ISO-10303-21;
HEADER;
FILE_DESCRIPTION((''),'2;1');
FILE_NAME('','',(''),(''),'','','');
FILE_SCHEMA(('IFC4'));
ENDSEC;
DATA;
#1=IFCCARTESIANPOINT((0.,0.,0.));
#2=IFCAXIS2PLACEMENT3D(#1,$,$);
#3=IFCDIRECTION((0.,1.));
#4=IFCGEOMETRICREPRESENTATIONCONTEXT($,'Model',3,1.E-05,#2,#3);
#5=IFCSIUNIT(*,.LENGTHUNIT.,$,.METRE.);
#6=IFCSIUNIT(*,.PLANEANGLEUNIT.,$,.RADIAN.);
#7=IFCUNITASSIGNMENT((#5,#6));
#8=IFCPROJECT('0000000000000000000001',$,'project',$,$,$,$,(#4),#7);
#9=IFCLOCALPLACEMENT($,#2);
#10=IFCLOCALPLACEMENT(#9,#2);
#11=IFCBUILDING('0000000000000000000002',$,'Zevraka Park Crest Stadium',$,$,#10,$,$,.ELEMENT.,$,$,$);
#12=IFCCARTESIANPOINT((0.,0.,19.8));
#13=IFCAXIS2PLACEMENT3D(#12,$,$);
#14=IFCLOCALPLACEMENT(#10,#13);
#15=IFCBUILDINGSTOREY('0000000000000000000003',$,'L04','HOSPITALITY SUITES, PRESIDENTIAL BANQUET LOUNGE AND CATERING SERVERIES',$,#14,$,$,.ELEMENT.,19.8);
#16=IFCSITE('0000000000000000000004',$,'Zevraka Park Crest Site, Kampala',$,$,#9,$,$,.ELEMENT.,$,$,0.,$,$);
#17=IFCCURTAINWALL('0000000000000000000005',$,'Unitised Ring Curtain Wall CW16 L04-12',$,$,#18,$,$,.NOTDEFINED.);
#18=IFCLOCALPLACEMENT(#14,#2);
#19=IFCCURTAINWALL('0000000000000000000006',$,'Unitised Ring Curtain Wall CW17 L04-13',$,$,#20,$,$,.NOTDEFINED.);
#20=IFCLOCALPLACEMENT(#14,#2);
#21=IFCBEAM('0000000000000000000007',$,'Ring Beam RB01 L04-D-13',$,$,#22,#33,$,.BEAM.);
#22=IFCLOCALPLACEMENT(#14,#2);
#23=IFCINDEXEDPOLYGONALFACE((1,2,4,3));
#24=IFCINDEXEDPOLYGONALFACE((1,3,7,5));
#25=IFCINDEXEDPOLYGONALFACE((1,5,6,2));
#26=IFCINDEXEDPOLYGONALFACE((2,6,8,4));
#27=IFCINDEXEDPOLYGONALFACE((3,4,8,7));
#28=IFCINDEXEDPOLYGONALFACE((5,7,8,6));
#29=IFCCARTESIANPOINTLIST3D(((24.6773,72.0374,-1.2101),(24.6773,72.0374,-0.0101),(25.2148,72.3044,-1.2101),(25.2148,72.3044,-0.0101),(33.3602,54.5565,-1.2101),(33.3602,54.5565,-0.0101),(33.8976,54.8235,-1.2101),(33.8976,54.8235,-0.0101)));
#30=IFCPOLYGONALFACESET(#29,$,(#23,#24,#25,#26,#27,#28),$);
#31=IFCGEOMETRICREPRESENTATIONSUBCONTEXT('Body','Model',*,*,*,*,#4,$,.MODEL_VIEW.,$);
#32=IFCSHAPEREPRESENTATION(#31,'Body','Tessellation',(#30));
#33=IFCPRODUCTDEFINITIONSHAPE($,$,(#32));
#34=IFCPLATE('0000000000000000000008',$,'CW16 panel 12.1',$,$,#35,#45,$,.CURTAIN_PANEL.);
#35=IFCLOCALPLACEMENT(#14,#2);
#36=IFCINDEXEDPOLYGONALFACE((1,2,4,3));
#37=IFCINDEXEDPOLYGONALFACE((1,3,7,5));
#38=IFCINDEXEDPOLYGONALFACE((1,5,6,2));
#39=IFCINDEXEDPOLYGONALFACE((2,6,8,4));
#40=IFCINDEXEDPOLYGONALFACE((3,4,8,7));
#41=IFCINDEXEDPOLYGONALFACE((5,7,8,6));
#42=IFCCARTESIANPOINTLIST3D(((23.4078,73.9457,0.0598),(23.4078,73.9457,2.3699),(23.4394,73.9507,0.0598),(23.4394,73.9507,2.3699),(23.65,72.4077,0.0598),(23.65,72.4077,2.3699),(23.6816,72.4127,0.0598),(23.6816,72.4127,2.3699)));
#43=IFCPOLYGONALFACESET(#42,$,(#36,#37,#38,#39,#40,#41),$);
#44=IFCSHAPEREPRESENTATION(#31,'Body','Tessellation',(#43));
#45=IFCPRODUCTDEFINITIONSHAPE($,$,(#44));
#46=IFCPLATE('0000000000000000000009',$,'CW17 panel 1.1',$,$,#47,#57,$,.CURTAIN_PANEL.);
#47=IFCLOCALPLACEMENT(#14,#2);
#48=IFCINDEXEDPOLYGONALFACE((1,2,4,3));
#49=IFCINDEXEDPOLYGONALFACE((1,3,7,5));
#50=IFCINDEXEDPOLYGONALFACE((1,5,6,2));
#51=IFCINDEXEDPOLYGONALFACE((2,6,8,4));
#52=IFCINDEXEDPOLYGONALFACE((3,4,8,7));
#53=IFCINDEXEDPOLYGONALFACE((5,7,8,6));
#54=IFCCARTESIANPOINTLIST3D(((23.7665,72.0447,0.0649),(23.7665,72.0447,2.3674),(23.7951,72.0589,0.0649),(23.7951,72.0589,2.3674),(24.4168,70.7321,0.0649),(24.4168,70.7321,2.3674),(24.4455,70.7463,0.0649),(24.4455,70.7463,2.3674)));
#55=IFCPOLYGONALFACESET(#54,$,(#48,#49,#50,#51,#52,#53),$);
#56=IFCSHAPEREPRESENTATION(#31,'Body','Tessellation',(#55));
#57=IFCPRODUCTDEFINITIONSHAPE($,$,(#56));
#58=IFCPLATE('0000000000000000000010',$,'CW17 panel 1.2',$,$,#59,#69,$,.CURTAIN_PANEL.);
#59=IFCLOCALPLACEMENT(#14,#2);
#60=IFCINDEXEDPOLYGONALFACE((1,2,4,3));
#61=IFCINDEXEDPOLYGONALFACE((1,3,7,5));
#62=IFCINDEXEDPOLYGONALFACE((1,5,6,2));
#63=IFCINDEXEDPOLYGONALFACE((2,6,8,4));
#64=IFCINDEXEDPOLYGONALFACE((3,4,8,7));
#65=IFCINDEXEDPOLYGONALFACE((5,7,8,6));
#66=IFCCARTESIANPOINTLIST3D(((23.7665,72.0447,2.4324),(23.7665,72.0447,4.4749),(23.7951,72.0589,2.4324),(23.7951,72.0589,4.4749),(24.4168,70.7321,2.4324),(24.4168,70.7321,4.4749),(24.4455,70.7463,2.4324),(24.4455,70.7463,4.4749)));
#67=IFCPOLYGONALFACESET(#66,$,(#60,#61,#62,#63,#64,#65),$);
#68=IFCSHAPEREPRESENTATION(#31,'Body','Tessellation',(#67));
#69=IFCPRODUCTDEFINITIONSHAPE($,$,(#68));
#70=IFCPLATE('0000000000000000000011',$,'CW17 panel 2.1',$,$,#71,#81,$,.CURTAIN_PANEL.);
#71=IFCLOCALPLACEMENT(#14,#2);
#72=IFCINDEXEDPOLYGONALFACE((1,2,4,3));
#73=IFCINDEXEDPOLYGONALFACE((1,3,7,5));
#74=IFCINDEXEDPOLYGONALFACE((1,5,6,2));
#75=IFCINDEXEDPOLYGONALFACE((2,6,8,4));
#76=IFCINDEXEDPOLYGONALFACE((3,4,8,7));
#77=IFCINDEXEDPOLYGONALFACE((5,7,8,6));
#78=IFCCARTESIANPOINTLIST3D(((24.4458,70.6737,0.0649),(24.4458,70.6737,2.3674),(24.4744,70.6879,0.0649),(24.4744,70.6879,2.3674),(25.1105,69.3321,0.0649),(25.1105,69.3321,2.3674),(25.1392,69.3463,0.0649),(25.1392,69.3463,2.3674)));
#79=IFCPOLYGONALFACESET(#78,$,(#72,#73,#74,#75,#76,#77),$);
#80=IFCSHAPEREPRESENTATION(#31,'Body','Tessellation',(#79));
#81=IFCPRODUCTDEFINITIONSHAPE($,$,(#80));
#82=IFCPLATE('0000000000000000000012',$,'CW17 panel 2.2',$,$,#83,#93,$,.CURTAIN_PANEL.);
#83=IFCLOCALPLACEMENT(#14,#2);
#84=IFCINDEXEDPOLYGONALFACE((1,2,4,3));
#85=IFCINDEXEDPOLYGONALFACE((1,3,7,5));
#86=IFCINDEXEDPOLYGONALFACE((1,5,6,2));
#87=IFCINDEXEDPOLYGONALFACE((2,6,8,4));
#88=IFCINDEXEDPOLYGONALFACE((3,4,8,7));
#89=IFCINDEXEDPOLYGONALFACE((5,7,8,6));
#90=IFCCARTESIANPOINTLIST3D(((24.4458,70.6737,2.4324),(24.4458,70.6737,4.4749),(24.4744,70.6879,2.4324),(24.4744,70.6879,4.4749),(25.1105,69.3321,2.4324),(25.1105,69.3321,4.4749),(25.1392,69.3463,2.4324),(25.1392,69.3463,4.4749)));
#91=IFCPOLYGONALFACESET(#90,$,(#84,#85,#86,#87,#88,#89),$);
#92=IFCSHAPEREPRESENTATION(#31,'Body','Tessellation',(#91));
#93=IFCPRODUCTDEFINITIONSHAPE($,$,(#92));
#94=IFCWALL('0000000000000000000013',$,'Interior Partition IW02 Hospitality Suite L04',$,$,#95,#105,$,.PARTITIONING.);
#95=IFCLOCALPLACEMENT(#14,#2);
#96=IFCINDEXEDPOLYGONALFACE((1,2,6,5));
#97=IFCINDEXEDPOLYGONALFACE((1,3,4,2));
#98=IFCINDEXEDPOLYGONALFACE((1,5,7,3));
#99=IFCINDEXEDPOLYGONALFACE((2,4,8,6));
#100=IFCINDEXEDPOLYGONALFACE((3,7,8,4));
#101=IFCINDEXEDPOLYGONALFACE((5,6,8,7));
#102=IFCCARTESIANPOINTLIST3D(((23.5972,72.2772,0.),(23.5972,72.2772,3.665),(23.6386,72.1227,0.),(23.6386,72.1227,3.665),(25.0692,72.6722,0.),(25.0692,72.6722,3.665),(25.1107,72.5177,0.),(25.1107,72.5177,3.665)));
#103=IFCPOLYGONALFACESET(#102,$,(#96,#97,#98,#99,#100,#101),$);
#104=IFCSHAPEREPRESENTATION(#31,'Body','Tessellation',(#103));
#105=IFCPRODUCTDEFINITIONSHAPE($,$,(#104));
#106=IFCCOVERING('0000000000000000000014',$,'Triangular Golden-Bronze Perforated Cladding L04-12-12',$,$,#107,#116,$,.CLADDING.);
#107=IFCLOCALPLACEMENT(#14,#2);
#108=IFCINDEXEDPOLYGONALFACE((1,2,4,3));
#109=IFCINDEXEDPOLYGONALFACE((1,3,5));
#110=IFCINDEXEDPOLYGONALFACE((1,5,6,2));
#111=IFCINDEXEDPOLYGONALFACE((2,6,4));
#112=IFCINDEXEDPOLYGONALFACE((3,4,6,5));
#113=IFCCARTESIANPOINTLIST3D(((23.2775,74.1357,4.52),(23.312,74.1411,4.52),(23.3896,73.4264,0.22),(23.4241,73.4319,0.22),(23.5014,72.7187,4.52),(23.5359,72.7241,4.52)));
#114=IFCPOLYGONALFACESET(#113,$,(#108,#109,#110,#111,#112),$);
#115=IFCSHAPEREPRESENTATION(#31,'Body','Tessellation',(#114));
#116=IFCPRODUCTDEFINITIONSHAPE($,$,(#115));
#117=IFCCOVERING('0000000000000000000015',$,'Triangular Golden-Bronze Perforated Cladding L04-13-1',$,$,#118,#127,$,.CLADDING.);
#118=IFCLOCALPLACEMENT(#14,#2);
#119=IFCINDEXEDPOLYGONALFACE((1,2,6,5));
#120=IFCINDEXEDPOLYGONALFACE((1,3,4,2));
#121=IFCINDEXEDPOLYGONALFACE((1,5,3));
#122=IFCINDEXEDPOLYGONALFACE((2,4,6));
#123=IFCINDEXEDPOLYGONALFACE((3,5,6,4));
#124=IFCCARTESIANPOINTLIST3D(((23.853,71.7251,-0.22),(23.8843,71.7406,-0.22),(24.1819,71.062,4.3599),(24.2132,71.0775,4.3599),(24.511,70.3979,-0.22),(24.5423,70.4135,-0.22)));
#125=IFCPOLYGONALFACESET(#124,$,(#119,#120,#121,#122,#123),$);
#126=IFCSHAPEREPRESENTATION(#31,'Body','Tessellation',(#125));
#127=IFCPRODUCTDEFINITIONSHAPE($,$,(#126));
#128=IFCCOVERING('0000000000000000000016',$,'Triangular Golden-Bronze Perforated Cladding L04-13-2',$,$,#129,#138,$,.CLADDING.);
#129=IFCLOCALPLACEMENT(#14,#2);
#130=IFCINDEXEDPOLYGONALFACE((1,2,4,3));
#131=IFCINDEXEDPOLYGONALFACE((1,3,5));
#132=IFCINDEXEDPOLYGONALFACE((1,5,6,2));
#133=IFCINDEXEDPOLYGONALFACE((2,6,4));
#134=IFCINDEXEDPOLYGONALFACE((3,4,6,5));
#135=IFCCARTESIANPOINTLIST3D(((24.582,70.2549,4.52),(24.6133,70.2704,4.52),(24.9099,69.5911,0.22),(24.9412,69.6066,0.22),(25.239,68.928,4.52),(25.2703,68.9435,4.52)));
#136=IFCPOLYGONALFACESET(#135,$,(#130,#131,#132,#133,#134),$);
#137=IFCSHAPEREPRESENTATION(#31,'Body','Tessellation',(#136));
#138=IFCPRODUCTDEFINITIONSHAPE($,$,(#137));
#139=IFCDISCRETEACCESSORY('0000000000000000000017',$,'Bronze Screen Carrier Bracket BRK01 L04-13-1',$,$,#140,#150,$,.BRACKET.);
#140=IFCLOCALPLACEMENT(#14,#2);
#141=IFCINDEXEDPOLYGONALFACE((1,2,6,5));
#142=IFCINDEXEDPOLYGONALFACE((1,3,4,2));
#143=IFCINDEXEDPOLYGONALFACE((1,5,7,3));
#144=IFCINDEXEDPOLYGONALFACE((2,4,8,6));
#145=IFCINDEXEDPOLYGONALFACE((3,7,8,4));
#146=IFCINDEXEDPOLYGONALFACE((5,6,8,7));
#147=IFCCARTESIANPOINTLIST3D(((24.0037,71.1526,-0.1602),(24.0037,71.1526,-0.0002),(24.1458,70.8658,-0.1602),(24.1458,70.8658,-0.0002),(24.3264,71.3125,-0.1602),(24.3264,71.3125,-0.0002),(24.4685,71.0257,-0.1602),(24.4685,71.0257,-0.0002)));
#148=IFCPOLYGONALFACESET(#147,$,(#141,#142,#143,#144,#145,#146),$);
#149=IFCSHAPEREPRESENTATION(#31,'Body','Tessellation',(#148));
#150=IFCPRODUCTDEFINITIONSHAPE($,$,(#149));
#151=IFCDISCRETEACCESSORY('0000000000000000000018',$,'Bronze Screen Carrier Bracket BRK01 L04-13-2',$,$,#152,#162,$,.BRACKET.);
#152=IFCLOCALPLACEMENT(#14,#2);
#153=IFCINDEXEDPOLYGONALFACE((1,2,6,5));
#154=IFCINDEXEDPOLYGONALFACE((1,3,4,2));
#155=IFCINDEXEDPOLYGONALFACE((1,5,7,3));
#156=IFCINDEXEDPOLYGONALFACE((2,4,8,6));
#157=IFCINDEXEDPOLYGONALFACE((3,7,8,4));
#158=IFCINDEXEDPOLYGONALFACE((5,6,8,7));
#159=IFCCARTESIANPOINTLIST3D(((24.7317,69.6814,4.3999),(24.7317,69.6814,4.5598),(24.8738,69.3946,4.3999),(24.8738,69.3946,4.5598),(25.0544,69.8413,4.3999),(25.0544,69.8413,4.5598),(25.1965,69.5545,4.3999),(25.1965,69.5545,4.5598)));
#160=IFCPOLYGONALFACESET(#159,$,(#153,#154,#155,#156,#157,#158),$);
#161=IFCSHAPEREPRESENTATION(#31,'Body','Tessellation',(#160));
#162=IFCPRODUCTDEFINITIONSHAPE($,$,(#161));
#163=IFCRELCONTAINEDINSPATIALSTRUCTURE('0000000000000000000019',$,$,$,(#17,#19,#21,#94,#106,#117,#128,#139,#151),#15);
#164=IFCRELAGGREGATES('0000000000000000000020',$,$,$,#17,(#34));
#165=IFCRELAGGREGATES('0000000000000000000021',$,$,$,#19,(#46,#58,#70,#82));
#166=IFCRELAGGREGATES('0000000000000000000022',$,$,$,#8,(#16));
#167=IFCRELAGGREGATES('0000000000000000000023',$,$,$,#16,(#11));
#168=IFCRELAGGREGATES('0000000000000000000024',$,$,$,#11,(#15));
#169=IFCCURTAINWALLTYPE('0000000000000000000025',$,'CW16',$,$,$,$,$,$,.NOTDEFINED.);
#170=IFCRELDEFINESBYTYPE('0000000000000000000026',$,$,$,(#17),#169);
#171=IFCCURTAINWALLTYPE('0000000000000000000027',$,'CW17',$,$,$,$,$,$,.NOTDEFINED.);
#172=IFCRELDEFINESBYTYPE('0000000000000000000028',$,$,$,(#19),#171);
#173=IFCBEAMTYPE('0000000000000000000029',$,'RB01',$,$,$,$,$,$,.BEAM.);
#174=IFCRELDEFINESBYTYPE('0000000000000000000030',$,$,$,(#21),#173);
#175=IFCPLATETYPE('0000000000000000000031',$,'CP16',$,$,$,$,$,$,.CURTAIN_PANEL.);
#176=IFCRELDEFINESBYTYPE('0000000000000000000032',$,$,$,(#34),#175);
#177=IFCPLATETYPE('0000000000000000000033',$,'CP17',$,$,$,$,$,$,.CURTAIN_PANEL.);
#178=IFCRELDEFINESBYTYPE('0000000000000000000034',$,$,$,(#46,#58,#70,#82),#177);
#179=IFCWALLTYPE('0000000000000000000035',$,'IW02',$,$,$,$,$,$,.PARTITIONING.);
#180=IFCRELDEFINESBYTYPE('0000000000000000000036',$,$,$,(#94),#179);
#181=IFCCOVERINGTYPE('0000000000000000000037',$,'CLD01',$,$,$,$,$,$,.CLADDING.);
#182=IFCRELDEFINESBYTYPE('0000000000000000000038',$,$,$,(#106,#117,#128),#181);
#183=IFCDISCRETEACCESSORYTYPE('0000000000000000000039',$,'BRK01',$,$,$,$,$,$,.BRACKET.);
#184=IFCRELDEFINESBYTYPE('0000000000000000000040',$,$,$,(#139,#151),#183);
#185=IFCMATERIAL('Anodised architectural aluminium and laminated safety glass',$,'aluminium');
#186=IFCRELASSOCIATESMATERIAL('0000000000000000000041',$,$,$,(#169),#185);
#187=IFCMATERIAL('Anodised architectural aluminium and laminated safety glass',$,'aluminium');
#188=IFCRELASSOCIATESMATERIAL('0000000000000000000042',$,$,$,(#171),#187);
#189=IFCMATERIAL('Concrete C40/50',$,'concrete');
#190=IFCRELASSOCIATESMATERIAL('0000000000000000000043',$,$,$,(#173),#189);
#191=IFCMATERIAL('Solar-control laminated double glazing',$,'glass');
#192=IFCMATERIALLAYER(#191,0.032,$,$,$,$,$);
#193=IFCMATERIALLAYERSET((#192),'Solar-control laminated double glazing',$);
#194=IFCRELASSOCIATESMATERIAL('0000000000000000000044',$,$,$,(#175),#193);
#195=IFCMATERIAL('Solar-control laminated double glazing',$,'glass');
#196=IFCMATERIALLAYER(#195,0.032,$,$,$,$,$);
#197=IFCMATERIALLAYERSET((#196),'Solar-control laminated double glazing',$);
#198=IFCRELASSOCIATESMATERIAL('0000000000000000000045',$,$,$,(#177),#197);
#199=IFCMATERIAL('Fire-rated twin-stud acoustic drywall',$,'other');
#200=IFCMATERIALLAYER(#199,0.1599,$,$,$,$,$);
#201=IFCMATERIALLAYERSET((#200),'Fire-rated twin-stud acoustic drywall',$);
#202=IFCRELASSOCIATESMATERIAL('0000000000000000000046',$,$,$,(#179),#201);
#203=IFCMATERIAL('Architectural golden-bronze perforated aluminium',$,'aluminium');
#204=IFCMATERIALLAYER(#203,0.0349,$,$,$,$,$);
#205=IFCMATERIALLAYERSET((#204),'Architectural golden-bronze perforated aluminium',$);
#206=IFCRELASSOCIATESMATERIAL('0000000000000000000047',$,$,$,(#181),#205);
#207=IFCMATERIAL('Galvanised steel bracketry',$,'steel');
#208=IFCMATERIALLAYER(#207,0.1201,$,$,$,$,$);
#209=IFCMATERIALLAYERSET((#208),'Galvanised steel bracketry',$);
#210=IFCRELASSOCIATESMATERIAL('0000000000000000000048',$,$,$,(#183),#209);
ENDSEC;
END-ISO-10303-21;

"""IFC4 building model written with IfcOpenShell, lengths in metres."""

from ifc_helpers import new_model, si_unit, direction, frame, frame_2d, origin, origin_2d, place, context, subcontext, project, spatial, polyline, rectangle, outline, extrude, material, layer, layer_set, material_profile, profile_set, type_object, element, aggregate, save


model = new_model("IFC4")

# Units and contexts
model_context = context("Model", 3, precision=1e-05, world=origin(), true_north=direction((0.0, 1.0)))
body_context = subcontext(model_context, "Body", "Model", "MODEL_VIEW")
ifc_project = project(units=[si_unit("LENGTHUNIT", "METRE"), si_unit("PLANEANGLEUNIT", "RADIAN")], contexts=[model_context])

# Site, building, storey
site_placement = place(None, origin())
site = spatial("IfcSite", under=ifc_project, at=site_placement, Name="Zevraka Park Crest Site, Kampala", CompositionType="ELEMENT", RefElevation=0.0)
building_placement = place(site_placement, origin())
building = spatial("IfcBuilding", under=site, at=building_placement, Name="Zevraka Park Crest Stadium", CompositionType="ELEMENT")
storey_placement = place(building_placement, frame((0.0, 0.0, 19.8)))
storey = spatial("IfcBuildingStorey", under=building, at=storey_placement, Name="L04", Description="HOSPITALITY SUITES, PRESIDENTIAL BANQUET LOUNGE AND CATERING SERVERIES", CompositionType="ELEMENT", Elevation=19.8)

# Curtain wall
ifc_material_1 = material(Name="Anodised architectural aluminium and laminated safety glass", Category="aluminium")
curtain_wall_type_1 = type_object("IfcCurtainWallType", Name="CW16", PredefinedType="NOTDEFINED", material=ifc_material_1)
curtain_wall_1_placement = place(storey_placement, origin())
curtain_wall_1 = element("IfcCurtainWall", 1, at=curtain_wall_1_placement, inside=storey, type_object=curtain_wall_type_1, Name="Unitised Ring Curtain Wall CW16 L04-12", PredefinedType="NOTDEFINED")

# Curtain wall
ifc_material_2 = material(Name="Anodised architectural aluminium and laminated safety glass", Category="aluminium")
curtain_wall_type_2 = type_object("IfcCurtainWallType", Name="CW17", PredefinedType="NOTDEFINED", material=ifc_material_2)
curtain_wall_2_placement = place(storey_placement, origin())
curtain_wall_2 = element("IfcCurtainWall", 2, at=curtain_wall_2_placement, inside=storey, type_object=curtain_wall_type_2, Name="Unitised Ring Curtain Wall CW17 L04-13", PredefinedType="NOTDEFINED")

# Beam
ifc_material_3 = material(Name="Concrete C40/50", Category="concrete")
ifc_material_profile_1 = material_profile(ifc_material_3, rectangle(XDim=0.6001, YDim=1.2, at=origin_2d()), Name="RC 1200x600")
ifc_profile_set_1 = profile_set([ifc_material_profile_1], Name="Concrete C40/50")
beam_type = type_object("IfcBeamType", Name="RB01", PredefinedType="BEAM", material=ifc_profile_set_1)
beam_placement = place(storey_placement, frame((24.946, 72.1709, -0.6101), z_axis=(0.444851, -0.895605, 0.0), x_axis=(0.895605, 0.444851, 0.0)))
element("IfcBeam", 3, at=beam_placement, inside=storey, type_object=beam_type, Name="Ring Beam RB01 L04-D-13", PredefinedType="BEAM", context=body_context, shape_type="SweptSolid", body=[
    extrude(rectangle(XDim=0.6001, YDim=1.2, at=origin_2d()), origin(), (0.0, 0.0, 1.0), 19.5186),
])

# Plates
ifc_material_4 = material(Name="Solar-control laminated double glazing", Category="glass")
ifc_layer_1 = layer(ifc_material_4, 0.032)
ifc_layer_set_1 = layer_set([ifc_layer_1], Name="Solar-control laminated double glazing")
plate_type_1 = type_object("IfcPlateType", Name="CP16", PredefinedType="CURTAIN_PANEL", material=ifc_layer_set_1)
plate_1_placement = place(storey_placement, frame((23.5447, 73.1792, 0.0598), z_axis=(0.0, 0.0, 1.0), x_axis=(0.155539, -0.98783, 0.0)))
plate_1 = element("IfcPlate", 4, at=plate_1_placement, type_object=plate_type_1, Name="CW16 panel 12.1", PredefinedType="CURTAIN_PANEL", context=body_context, shape_type="SweptSolid", body=[
    extrude(rectangle(XDim=1.5569, YDim=0.032, at=origin_2d()), origin(), (0.0, 0.0, 1.0), 2.3101),
])
aggregate(curtain_wall_1, [plate_1])
ifc_material_5 = material(Name="Solar-control laminated double glazing", Category="glass")
ifc_layer_2 = layer(ifc_material_5, 0.032)
ifc_layer_set_2 = layer_set([ifc_layer_2], Name="Solar-control laminated double glazing")
plate_type_2 = type_object("IfcPlateType", Name="CP17", PredefinedType="CURTAIN_PANEL", material=ifc_layer_set_2)
plate_2_placement = place(storey_placement, frame((24.106, 71.3955, 0.0649), z_axis=(0.0, 0.0, 1.0), x_axis=(0.443961, -0.896046, 0.0)))
plate_2 = element("IfcPlate", 5, at=plate_2_placement, type_object=plate_type_2, Name="CW17 panel 1.1", PredefinedType="CURTAIN_PANEL", context=body_context, shape_type="SweptSolid", body=[
    extrude(rectangle(XDim=1.4648, YDim=0.032, at=origin_2d()), origin(), (0.0, 0.0, 1.0), 2.3025),
])
plate_3_placement = place(storey_placement, frame((24.106, 71.3955, 2.4324), z_axis=(0.0, 0.0, 1.0), x_axis=(0.443961, -0.896046, 0.0)))
plate_3 = element("IfcPlate", 6, at=plate_3_placement, type_object=plate_type_2, Name="CW17 panel 1.2", PredefinedType="CURTAIN_PANEL", context=body_context, shape_type="SweptSolid", body=[
    extrude(rectangle(XDim=1.4648, YDim=0.032, at=origin_2d()), origin(), (0.0, 0.0, 1.0), 2.0425),
])
plate_4_placement = place(storey_placement, frame((24.7925, 70.01, 0.0649), z_axis=(0.0, 0.0, 1.0), x_axis=(0.443961, -0.896046, 0.0)))
plate_4 = element("IfcPlate", 7, at=plate_4_placement, type_object=plate_type_2, Name="CW17 panel 2.1", PredefinedType="CURTAIN_PANEL", context=body_context, shape_type="SweptSolid", body=[
    extrude(rectangle(XDim=1.4973, YDim=0.032, at=origin_2d()), origin(), (0.0, 0.0, 1.0), 2.3025),
])
plate_5_placement = place(storey_placement, frame((24.7925, 70.01, 2.4324), z_axis=(0.0, 0.0, 1.0), x_axis=(0.443961, -0.896046, 0.0)))
plate_5 = element("IfcPlate", 8, at=plate_5_placement, type_object=plate_type_2, Name="CW17 panel 2.2", PredefinedType="CURTAIN_PANEL", context=body_context, shape_type="SweptSolid", body=[
    extrude(rectangle(XDim=1.4973, YDim=0.032, at=origin_2d()), origin(), (0.0, 0.0, 1.0), 2.0425),
])
aggregate(curtain_wall_2, [plate_2, plate_3, plate_4, plate_5])

# Wall
ifc_material_6 = material(Name="Fire-rated twin-stud acoustic drywall", Category="other")
ifc_layer_3 = layer(ifc_material_6, 0.1599)
ifc_layer_set_3 = layer_set([ifc_layer_3], Name="Fire-rated twin-stud acoustic drywall")
wall_type = type_object("IfcWallType", Name="IW02", PredefinedType="PARTITIONING", material=ifc_layer_set_3)
wall_placement = place(storey_placement, frame((25.0901, 72.595, 0.0), z_axis=(0.0, 0.0, 1.0), x_axis=(-0.965835, -0.259158, 0.0)))
element("IfcWall", 9, at=wall_placement, inside=storey, type_object=wall_type, Name="Interior Partition IW02 Hospitality Suite L04", PredefinedType="PARTITIONING", context=body_context, shape_type="SweptSolid", body=[
    extrude(rectangle(XDim=1.5242, YDim=0.1599, at=frame_2d((0.7622, 0.0))), origin(), (0.0, 0.0, 1.0), 3.665),
])

# Coverings
ifc_material_7 = material(Name="Architectural golden-bronze perforated aluminium", Category="aluminium")
ifc_layer_4 = layer(ifc_material_7, 0.0349)
ifc_layer_set_4 = layer_set([ifc_layer_4], Name="Architectural golden-bronze perforated aluminium")
covering_type = type_object("IfcCoveringType", Name="CLD01", PredefinedType="CLADDING", material=ifc_layer_set_4)
covering_1_placement = place(storey_placement, frame((23.5359, 72.7241, 4.52), z_axis=(0.987748, 0.156059, 0.000001), x_axis=(-0.156059, 0.987748, 0.0)))
element("IfcCovering", 10, at=covering_1_placement, inside=storey, type_object=covering_type, Name="Triangular Golden-Bronze Perforated Cladding L04-12-12", PredefinedType="CLADDING", context=body_context, shape_type="SweptSolid", body=[
    extrude(outline(polyline([(0.0, 0.0), (1.4346, 0.0), (0.7165, -4.3), (0.0, 0.0)])), origin(), (0.0, 0.0, -1.0), 0.0349),
])
covering_2_placement = place(storey_placement, frame((23.853, 71.7251, -0.22), z_axis=(-0.895938, -0.444178, 0.000023), x_axis=(0.444178, -0.895938, 0.0)))
element("IfcCovering", 11, at=covering_2_placement, inside=storey, type_object=covering_type, Name="Triangular Golden-Bronze Perforated Cladding L04-13-1", PredefinedType="CLADDING", context=body_context, shape_type="SweptSolid", body=[
    extrude(outline(polyline([(0.0, 0.0), (1.4813, 0.0), (0.7402, 4.5798), (0.0, 0.0)])), origin(), (0.0, 0.0, -1.0), 0.0349),
])
covering_3_placement = place(storey_placement, frame((25.239, 68.928, 4.52), z_axis=(-0.896168, -0.443715, 0.000165), x_axis=(-0.443715, 0.896168, 0.0)))
element("IfcCovering", 12, at=covering_3_placement, inside=storey, type_object=covering_type, Name="Triangular Golden-Bronze Perforated Cladding L04-13-2", PredefinedType="CLADDING", context=body_context, shape_type="SweptSolid", body=[
    extrude(outline(polyline([(0.0, 0.0), (1.4806, 0.0), (0.7403, 4.3), (0.0, 0.0)])), origin(), (0.0, 0.0, -1.0), 0.0349),
])

# Discrete accessories
ifc_material_8 = material(Name="Galvanised steel bracketry", Category="steel")
ifc_layer_5 = layer(ifc_material_8, 0.1201)
ifc_layer_set_5 = layer_set([ifc_layer_5], Name="Galvanised steel bracketry")
discrete_accessory_type = type_object("IfcDiscreteAccessoryType", Name="BRK01", PredefinedType="BRACKET", material=ifc_layer_set_5)
for number, where, z_axis, x_axis, name in (
    (13, (24.2361, 71.0891, -0.1602), (0.0, 0.0, 1.0), (0.44401, -0.896022, 0.0), "Bronze Screen Carrier Bracket BRK01 L04-13-1"),
    (14, (24.9641, 69.6179, 4.3999), (0.0, 0.0, 1.0), (0.44401, -0.896022, 0.0), "Bronze Screen Carrier Bracket BRK01 L04-13-2"),
):
    element("IfcDiscreteAccessory", number, at=place(storey_placement, frame(where, z_axis=z_axis, x_axis=x_axis)), inside=storey, type_object=discrete_accessory_type, Name=name, PredefinedType="BRACKET", context=body_context, shape_type="SweptSolid", body=[
        extrude(rectangle(XDim=0.3201, YDim=0.3601, at=origin_2d()), origin(), (0.0, 0.0, 1.0), 0.1599),
    ])

save(model, "model.ifc")
